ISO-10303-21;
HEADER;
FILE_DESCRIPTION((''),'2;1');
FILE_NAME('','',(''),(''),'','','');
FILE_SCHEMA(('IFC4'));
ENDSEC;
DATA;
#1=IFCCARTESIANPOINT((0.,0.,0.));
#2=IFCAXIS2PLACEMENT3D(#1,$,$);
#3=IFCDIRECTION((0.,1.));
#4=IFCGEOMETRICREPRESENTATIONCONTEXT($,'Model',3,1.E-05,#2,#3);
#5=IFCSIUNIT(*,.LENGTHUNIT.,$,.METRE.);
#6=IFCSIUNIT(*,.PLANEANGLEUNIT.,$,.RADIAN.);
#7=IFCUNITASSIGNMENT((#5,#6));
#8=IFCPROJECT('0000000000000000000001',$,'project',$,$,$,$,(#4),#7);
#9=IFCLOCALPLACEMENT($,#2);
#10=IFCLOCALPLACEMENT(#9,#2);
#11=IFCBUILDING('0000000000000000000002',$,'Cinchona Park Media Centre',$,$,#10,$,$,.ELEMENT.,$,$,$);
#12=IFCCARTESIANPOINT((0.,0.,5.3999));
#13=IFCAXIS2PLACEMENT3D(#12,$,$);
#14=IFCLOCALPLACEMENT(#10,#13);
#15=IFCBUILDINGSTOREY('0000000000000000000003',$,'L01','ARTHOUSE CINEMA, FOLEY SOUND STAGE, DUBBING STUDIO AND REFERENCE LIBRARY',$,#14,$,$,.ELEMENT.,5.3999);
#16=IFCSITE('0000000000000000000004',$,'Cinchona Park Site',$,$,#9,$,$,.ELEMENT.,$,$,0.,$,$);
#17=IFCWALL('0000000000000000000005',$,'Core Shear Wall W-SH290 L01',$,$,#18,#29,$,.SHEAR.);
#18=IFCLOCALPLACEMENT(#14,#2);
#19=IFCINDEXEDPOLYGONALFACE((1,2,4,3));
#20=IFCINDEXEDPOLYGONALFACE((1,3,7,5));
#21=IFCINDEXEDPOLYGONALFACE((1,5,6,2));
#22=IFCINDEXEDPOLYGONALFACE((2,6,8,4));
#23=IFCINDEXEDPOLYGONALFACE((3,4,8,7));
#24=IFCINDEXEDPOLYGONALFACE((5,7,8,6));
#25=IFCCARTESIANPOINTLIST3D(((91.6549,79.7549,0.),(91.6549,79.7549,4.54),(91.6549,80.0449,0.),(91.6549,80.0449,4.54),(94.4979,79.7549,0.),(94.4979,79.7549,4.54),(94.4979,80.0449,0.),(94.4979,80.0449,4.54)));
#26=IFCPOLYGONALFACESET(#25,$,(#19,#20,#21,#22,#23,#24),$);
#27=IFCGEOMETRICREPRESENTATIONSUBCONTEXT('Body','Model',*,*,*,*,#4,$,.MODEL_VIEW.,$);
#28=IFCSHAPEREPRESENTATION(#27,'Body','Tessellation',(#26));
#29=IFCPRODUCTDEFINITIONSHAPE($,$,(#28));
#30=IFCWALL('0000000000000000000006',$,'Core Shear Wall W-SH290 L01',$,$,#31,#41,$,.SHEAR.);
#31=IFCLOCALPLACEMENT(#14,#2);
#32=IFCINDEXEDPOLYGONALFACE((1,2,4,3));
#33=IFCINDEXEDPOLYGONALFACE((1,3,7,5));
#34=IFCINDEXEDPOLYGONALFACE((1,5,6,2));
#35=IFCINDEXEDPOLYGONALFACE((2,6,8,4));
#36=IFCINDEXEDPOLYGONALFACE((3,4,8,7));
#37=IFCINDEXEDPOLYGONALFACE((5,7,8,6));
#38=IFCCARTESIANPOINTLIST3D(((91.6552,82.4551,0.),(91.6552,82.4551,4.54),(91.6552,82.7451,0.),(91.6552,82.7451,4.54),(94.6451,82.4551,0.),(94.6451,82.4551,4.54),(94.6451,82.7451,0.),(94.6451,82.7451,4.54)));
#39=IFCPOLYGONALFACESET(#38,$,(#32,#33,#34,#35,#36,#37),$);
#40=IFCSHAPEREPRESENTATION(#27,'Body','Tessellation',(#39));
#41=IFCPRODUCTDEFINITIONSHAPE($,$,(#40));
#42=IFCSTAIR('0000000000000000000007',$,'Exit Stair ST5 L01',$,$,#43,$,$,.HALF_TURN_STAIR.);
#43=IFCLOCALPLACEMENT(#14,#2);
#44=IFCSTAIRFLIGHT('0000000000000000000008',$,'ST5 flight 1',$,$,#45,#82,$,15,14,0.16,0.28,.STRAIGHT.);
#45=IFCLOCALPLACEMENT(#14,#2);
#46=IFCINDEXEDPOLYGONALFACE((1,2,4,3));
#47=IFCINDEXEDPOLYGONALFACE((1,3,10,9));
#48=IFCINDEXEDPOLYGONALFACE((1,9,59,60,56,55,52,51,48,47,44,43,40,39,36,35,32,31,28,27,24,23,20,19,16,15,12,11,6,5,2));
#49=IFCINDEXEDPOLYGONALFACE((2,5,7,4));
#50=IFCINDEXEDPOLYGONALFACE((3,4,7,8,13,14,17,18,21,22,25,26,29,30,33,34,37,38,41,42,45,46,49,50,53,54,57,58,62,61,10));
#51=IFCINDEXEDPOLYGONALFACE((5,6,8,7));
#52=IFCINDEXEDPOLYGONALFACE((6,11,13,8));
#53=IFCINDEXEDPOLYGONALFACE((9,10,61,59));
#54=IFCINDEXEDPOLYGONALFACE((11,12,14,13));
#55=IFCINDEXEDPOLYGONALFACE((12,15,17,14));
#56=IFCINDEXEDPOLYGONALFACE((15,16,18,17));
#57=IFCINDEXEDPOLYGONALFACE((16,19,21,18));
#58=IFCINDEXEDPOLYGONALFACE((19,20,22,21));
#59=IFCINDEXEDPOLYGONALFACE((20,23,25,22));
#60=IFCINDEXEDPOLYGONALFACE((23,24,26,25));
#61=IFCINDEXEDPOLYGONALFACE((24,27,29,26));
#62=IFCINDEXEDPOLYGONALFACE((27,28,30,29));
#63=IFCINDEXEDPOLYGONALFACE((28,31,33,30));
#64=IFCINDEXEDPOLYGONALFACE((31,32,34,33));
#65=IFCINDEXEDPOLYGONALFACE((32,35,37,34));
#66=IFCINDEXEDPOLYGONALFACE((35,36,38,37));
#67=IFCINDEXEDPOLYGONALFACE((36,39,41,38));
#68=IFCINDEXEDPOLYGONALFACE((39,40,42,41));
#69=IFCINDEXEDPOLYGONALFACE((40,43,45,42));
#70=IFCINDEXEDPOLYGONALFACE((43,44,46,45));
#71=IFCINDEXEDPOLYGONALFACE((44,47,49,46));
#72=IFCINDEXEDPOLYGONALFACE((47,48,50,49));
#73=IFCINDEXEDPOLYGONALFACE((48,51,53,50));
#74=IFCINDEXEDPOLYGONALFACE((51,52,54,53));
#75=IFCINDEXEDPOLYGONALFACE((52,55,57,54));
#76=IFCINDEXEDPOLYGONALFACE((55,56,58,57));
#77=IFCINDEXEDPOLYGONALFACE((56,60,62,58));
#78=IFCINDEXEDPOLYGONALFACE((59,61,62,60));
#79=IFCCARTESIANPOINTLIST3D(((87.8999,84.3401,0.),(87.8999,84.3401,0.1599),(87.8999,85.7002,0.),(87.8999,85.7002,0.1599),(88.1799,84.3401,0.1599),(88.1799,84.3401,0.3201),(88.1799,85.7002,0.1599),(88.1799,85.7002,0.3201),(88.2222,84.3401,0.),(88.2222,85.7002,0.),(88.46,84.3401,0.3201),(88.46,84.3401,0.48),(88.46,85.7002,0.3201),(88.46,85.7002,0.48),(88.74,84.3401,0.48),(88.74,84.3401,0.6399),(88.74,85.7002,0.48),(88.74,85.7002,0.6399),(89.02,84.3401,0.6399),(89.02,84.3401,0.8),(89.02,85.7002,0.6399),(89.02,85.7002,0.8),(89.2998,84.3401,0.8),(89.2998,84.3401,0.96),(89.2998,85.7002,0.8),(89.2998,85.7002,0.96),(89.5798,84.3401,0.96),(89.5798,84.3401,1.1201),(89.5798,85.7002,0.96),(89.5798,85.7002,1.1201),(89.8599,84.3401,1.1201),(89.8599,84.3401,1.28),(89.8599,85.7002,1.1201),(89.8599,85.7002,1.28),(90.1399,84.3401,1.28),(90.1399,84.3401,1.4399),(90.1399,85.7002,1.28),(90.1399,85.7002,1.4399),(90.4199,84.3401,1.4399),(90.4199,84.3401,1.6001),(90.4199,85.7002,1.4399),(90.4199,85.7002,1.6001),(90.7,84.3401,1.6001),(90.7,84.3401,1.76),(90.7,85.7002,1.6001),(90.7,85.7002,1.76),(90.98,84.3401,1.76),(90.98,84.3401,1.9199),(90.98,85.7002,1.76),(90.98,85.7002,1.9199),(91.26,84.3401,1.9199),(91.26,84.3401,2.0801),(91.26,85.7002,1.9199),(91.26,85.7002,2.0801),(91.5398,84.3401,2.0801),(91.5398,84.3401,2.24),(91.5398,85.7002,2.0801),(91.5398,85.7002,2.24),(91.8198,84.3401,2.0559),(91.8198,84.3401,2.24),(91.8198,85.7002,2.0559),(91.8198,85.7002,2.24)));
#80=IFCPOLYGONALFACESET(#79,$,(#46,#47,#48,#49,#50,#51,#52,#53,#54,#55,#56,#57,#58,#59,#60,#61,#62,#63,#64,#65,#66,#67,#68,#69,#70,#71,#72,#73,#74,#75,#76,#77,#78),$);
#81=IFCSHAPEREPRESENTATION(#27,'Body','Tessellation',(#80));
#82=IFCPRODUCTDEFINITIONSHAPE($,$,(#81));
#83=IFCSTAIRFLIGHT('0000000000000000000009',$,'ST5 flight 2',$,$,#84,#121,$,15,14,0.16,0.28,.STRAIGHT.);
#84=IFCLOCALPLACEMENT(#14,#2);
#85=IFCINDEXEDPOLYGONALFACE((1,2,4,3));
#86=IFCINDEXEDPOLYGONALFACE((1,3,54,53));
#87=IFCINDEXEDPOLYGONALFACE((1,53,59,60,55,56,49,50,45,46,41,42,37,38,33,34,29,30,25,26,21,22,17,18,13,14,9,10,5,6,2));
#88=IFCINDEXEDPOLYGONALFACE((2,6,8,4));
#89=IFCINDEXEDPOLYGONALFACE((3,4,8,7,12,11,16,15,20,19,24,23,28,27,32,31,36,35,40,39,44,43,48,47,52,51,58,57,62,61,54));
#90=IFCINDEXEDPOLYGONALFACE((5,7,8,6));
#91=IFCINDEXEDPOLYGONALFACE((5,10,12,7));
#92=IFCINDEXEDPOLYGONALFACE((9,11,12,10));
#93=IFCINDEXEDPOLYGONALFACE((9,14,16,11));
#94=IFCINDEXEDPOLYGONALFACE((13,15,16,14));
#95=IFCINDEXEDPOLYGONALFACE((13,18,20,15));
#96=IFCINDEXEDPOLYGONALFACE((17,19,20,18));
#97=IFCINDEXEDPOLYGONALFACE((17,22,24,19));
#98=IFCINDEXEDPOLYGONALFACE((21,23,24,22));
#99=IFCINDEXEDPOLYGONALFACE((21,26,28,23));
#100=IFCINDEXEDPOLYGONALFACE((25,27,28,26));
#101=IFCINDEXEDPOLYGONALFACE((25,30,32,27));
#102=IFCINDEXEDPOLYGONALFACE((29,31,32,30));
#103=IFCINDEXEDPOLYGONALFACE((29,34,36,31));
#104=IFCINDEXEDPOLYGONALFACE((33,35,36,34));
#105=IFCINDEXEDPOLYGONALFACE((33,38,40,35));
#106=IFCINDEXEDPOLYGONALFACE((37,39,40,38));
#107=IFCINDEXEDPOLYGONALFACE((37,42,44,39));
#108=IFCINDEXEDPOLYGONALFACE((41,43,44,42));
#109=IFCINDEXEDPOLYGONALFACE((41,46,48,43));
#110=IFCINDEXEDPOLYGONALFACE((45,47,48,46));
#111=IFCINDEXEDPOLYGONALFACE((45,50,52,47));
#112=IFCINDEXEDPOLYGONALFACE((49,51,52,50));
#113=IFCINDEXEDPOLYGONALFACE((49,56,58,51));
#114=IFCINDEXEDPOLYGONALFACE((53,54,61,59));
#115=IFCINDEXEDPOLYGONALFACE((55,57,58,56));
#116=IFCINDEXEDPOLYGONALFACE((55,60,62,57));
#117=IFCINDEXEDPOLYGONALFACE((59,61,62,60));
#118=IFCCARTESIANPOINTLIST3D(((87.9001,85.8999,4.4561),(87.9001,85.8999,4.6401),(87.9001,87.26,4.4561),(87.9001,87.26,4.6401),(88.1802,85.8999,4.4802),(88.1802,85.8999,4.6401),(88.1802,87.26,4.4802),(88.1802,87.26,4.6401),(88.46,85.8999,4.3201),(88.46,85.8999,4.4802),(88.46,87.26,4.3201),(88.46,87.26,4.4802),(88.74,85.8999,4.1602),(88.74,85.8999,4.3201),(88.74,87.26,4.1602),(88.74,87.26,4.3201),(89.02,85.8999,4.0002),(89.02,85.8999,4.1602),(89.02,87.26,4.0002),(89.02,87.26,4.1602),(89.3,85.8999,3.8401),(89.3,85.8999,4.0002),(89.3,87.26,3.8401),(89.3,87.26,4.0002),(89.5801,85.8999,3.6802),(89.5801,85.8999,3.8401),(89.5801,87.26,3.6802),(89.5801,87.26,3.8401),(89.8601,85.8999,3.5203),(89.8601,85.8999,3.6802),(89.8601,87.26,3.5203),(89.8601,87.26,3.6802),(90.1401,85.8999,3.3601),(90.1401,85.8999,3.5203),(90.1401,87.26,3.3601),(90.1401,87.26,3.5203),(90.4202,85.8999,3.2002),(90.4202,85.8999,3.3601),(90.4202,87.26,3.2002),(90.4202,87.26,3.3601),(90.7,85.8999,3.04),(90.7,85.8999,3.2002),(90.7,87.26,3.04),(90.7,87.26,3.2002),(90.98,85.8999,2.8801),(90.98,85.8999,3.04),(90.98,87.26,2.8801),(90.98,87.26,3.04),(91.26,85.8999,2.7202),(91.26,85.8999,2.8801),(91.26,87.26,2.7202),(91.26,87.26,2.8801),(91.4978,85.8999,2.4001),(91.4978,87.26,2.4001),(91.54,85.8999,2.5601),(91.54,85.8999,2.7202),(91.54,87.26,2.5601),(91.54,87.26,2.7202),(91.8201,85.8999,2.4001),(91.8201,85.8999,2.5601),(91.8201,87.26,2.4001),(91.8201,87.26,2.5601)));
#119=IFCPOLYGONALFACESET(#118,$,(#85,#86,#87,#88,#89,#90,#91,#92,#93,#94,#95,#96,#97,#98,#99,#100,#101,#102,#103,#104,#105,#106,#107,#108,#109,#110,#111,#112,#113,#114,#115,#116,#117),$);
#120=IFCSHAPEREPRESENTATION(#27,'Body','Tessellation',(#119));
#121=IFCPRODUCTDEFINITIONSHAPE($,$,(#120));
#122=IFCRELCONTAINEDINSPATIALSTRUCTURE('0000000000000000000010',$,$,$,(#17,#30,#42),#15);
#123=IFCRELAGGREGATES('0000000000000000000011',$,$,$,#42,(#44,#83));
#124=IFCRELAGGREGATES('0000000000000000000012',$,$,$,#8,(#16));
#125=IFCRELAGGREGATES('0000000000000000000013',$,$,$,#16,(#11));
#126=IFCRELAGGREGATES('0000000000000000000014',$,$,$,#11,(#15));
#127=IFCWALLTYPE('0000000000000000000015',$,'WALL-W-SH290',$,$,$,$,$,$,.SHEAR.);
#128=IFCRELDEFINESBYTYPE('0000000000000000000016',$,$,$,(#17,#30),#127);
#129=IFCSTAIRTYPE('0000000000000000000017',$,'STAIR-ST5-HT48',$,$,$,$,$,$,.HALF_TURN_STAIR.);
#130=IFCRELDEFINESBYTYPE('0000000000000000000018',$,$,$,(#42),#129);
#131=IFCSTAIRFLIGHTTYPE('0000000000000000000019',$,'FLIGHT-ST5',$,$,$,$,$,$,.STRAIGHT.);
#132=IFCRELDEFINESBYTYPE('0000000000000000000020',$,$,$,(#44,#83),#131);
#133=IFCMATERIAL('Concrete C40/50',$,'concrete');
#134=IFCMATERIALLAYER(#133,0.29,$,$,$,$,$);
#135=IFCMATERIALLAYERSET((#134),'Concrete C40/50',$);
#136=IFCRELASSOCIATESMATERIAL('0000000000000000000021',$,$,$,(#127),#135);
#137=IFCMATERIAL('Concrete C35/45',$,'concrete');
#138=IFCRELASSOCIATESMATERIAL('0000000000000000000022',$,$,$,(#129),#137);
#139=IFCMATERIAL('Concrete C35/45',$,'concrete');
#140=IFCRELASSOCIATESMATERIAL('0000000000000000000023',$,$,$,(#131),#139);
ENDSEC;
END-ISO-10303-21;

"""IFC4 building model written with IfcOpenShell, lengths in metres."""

from ifc_helpers import new_model, si_unit, direction, frame, frame_2d, origin, place, context, subcontext, project, spatial, polyline, rectangle, outline, extrude, material, layer, layer_set, type_object, element, aggregate, save


model = new_model("IFC4")

# Units and contexts
model_context = context("Model", 3, precision=1e-05, world=origin(), true_north=direction((0.0, 1.0)))
body_context = subcontext(model_context, "Body", "Model", "MODEL_VIEW")
ifc_project = project(units=[si_unit("LENGTHUNIT", "METRE"), si_unit("PLANEANGLEUNIT", "RADIAN")], contexts=[model_context])

# Site, building, storey
site_placement = place(None, origin())
site = spatial("IfcSite", under=ifc_project, at=site_placement, Name="Cinchona Park Site", CompositionType="ELEMENT", RefElevation=0.0)
building_placement = place(site_placement, origin())
building = spatial("IfcBuilding", under=site, at=building_placement, Name="Cinchona Park Media Centre", CompositionType="ELEMENT")
storey_placement = place(building_placement, frame((0.0, 0.0, 5.3999)))
storey = spatial("IfcBuildingStorey", under=building, at=storey_placement, Name="L01", Description="ARTHOUSE CINEMA, FOLEY SOUND STAGE, DUBBING STUDIO AND REFERENCE LIBRARY", CompositionType="ELEMENT", Elevation=5.3999)

# Walls
ifc_material_1 = material(Name="Concrete C40/50", Category="concrete")
ifc_layer_1 = layer(ifc_material_1, 0.29)
ifc_layer_set_1 = layer_set([ifc_layer_1], Name="Concrete C40/50")
wall_type = type_object("IfcWallType", Name="WALL-W-SH290", PredefinedType="SHEAR", material=ifc_layer_set_1)
wall_1_placement = place(storey_placement, frame((91.655, 79.8999, 0.0), z_axis=(0.0, 0.0, 1.0), x_axis=(1.0, 0.0, 0.0)))
element("IfcWall", 1, at=wall_1_placement, inside=storey, type_object=wall_type, Name="Core Shear Wall W-SH290 L01", PredefinedType="SHEAR", context=body_context, shape_type="SweptSolid", body=[
    extrude(rectangle(XDim=2.843, YDim=0.29, at=frame_2d((1.4214, 0.0))), origin(), (0.0, 0.0, 1.0), 4.54),
])
wall_2_placement = place(storey_placement, frame((91.655, 82.6001, 0.0), z_axis=(0.0, 0.0, 1.0), x_axis=(1.0, 0.0, 0.0)))
element("IfcWall", 2, at=wall_2_placement, inside=storey, type_object=wall_type, Name="Core Shear Wall W-SH290 L01", PredefinedType="SHEAR", context=body_context, shape_type="SweptSolid", body=[
    extrude(rectangle(XDim=2.99, YDim=0.29, at=frame_2d((1.4951, 0.0))), origin(), (0.0, 0.0, 1.0), 4.54),
])

# Stair, stair flights
ifc_material_2 = material(Name="Concrete C35/45", Category="concrete")
stair_type = type_object("IfcStairType", Name="STAIR-ST5-HT48", PredefinedType="HALF_TURN_STAIR", material=ifc_material_2)
stair_placement = place(storey_placement, origin())
stair = element("IfcStair", 3, at=stair_placement, inside=storey, type_object=stair_type, Name="Exit Stair ST5 L01", PredefinedType="HALF_TURN_STAIR")
ifc_material_3 = material(Name="Concrete C35/45", Category="concrete")
stair_flight_type = type_object("IfcStairFlightType", Name="FLIGHT-ST5", PredefinedType="STRAIGHT", material=ifc_material_3)
stair_flight_1_placement = place(storey_placement, frame((87.8999, 85.02, 0.0), z_axis=(0.0, 0.0, 1.0), x_axis=(1.0, 0.0, 0.0)))
stair_flight_1 = element("IfcStairFlight", 4, at=stair_flight_1_placement, type_object=stair_flight_type, Name="ST5 flight 1", NumberOfRisers=15, NumberOfTreads=14, PredefinedType="STRAIGHT", RiserHeight=0.16, TreadLength=0.28, context=body_context, shape_type="SweptSolid", body=[
    extrude(outline(polyline([(0.0, 0.0), (0.0, 0.1599), (0.28, 0.1599), (0.28, 0.3201), (0.5601, 0.3201), (0.5601, 0.48), (0.8401, 0.48), (0.8401, 0.6399), (1.1201, 0.6399), (1.1201, 0.8), (1.3999, 0.8), (1.3999, 0.96), (1.6799, 0.96), (1.6799, 1.1201), (1.96, 1.1201), (1.96, 1.28), (2.24, 1.28), (2.24, 1.4399), (2.52, 1.4399), (2.52, 1.6001), (2.8, 1.6001), (2.8, 1.76), (3.0801, 1.76), (3.0801, 1.9199), (3.3601, 1.9199), (3.3601, 2.0801), (3.6399, 2.0801), (3.6399, 2.24), (3.9199, 2.24), (3.9199, 2.3999), (3.9199, 2.0559), (0.3223, 0.0), (0.0, 0.0)])), frame((0.0, 0.6802, 0.0), z_axis=(0.0, -1.0, 0.0), x_axis=(1.0, 0.0, 0.0)), (0.0, 0.0, 1.0), 1.3601),
])
stair_flight_2_placement = place(storey_placement, frame((91.8201, 86.5801, 2.4001), z_axis=(0.0, 0.0, 1.0), x_axis=(-1.0, 0.0, 0.0)))
stair_flight_2 = element("IfcStairFlight", 5, at=stair_flight_2_placement, type_object=stair_flight_type, Name="ST5 flight 2", NumberOfRisers=15, NumberOfTreads=14, PredefinedType="STRAIGHT", RiserHeight=0.16, TreadLength=0.28, context=body_context, shape_type="SweptSolid", body=[
    extrude(outline(polyline([(0.0, 0.0), (0.0, 0.1599), (0.28, 0.1599), (0.28, 0.3201), (0.5601, 0.3201), (0.5601, 0.48), (0.8401, 0.48), (0.8401, 0.6399), (1.1201, 0.6399), (1.1201, 0.8), (1.3999, 0.8), (1.3999, 0.96), (1.6799, 0.96), (1.6799, 1.1201), (1.96, 1.1201), (1.96, 1.28), (2.24, 1.28), (2.24, 1.4399), (2.52, 1.4399), (2.52, 1.6001), (2.8, 1.6001), (2.8, 1.76), (3.0801, 1.76), (3.0801, 1.9199), (3.3601, 1.9199), (3.3601, 2.0801), (3.6399, 2.0801), (3.6399, 2.24), (3.9199, 2.24), (3.9199, 2.3999), (3.9199, 2.0559), (0.3223, 0.0), (0.0, 0.0)])), frame((0.0, 0.6802, 0.0), z_axis=(0.0, -1.0, 0.0), x_axis=(1.0, 0.0, 0.0)), (0.0, 0.0, 1.0), 1.3601),
])
aggregate(stair, [stair_flight_1, stair_flight_2])

save(model, "model.ifc")
